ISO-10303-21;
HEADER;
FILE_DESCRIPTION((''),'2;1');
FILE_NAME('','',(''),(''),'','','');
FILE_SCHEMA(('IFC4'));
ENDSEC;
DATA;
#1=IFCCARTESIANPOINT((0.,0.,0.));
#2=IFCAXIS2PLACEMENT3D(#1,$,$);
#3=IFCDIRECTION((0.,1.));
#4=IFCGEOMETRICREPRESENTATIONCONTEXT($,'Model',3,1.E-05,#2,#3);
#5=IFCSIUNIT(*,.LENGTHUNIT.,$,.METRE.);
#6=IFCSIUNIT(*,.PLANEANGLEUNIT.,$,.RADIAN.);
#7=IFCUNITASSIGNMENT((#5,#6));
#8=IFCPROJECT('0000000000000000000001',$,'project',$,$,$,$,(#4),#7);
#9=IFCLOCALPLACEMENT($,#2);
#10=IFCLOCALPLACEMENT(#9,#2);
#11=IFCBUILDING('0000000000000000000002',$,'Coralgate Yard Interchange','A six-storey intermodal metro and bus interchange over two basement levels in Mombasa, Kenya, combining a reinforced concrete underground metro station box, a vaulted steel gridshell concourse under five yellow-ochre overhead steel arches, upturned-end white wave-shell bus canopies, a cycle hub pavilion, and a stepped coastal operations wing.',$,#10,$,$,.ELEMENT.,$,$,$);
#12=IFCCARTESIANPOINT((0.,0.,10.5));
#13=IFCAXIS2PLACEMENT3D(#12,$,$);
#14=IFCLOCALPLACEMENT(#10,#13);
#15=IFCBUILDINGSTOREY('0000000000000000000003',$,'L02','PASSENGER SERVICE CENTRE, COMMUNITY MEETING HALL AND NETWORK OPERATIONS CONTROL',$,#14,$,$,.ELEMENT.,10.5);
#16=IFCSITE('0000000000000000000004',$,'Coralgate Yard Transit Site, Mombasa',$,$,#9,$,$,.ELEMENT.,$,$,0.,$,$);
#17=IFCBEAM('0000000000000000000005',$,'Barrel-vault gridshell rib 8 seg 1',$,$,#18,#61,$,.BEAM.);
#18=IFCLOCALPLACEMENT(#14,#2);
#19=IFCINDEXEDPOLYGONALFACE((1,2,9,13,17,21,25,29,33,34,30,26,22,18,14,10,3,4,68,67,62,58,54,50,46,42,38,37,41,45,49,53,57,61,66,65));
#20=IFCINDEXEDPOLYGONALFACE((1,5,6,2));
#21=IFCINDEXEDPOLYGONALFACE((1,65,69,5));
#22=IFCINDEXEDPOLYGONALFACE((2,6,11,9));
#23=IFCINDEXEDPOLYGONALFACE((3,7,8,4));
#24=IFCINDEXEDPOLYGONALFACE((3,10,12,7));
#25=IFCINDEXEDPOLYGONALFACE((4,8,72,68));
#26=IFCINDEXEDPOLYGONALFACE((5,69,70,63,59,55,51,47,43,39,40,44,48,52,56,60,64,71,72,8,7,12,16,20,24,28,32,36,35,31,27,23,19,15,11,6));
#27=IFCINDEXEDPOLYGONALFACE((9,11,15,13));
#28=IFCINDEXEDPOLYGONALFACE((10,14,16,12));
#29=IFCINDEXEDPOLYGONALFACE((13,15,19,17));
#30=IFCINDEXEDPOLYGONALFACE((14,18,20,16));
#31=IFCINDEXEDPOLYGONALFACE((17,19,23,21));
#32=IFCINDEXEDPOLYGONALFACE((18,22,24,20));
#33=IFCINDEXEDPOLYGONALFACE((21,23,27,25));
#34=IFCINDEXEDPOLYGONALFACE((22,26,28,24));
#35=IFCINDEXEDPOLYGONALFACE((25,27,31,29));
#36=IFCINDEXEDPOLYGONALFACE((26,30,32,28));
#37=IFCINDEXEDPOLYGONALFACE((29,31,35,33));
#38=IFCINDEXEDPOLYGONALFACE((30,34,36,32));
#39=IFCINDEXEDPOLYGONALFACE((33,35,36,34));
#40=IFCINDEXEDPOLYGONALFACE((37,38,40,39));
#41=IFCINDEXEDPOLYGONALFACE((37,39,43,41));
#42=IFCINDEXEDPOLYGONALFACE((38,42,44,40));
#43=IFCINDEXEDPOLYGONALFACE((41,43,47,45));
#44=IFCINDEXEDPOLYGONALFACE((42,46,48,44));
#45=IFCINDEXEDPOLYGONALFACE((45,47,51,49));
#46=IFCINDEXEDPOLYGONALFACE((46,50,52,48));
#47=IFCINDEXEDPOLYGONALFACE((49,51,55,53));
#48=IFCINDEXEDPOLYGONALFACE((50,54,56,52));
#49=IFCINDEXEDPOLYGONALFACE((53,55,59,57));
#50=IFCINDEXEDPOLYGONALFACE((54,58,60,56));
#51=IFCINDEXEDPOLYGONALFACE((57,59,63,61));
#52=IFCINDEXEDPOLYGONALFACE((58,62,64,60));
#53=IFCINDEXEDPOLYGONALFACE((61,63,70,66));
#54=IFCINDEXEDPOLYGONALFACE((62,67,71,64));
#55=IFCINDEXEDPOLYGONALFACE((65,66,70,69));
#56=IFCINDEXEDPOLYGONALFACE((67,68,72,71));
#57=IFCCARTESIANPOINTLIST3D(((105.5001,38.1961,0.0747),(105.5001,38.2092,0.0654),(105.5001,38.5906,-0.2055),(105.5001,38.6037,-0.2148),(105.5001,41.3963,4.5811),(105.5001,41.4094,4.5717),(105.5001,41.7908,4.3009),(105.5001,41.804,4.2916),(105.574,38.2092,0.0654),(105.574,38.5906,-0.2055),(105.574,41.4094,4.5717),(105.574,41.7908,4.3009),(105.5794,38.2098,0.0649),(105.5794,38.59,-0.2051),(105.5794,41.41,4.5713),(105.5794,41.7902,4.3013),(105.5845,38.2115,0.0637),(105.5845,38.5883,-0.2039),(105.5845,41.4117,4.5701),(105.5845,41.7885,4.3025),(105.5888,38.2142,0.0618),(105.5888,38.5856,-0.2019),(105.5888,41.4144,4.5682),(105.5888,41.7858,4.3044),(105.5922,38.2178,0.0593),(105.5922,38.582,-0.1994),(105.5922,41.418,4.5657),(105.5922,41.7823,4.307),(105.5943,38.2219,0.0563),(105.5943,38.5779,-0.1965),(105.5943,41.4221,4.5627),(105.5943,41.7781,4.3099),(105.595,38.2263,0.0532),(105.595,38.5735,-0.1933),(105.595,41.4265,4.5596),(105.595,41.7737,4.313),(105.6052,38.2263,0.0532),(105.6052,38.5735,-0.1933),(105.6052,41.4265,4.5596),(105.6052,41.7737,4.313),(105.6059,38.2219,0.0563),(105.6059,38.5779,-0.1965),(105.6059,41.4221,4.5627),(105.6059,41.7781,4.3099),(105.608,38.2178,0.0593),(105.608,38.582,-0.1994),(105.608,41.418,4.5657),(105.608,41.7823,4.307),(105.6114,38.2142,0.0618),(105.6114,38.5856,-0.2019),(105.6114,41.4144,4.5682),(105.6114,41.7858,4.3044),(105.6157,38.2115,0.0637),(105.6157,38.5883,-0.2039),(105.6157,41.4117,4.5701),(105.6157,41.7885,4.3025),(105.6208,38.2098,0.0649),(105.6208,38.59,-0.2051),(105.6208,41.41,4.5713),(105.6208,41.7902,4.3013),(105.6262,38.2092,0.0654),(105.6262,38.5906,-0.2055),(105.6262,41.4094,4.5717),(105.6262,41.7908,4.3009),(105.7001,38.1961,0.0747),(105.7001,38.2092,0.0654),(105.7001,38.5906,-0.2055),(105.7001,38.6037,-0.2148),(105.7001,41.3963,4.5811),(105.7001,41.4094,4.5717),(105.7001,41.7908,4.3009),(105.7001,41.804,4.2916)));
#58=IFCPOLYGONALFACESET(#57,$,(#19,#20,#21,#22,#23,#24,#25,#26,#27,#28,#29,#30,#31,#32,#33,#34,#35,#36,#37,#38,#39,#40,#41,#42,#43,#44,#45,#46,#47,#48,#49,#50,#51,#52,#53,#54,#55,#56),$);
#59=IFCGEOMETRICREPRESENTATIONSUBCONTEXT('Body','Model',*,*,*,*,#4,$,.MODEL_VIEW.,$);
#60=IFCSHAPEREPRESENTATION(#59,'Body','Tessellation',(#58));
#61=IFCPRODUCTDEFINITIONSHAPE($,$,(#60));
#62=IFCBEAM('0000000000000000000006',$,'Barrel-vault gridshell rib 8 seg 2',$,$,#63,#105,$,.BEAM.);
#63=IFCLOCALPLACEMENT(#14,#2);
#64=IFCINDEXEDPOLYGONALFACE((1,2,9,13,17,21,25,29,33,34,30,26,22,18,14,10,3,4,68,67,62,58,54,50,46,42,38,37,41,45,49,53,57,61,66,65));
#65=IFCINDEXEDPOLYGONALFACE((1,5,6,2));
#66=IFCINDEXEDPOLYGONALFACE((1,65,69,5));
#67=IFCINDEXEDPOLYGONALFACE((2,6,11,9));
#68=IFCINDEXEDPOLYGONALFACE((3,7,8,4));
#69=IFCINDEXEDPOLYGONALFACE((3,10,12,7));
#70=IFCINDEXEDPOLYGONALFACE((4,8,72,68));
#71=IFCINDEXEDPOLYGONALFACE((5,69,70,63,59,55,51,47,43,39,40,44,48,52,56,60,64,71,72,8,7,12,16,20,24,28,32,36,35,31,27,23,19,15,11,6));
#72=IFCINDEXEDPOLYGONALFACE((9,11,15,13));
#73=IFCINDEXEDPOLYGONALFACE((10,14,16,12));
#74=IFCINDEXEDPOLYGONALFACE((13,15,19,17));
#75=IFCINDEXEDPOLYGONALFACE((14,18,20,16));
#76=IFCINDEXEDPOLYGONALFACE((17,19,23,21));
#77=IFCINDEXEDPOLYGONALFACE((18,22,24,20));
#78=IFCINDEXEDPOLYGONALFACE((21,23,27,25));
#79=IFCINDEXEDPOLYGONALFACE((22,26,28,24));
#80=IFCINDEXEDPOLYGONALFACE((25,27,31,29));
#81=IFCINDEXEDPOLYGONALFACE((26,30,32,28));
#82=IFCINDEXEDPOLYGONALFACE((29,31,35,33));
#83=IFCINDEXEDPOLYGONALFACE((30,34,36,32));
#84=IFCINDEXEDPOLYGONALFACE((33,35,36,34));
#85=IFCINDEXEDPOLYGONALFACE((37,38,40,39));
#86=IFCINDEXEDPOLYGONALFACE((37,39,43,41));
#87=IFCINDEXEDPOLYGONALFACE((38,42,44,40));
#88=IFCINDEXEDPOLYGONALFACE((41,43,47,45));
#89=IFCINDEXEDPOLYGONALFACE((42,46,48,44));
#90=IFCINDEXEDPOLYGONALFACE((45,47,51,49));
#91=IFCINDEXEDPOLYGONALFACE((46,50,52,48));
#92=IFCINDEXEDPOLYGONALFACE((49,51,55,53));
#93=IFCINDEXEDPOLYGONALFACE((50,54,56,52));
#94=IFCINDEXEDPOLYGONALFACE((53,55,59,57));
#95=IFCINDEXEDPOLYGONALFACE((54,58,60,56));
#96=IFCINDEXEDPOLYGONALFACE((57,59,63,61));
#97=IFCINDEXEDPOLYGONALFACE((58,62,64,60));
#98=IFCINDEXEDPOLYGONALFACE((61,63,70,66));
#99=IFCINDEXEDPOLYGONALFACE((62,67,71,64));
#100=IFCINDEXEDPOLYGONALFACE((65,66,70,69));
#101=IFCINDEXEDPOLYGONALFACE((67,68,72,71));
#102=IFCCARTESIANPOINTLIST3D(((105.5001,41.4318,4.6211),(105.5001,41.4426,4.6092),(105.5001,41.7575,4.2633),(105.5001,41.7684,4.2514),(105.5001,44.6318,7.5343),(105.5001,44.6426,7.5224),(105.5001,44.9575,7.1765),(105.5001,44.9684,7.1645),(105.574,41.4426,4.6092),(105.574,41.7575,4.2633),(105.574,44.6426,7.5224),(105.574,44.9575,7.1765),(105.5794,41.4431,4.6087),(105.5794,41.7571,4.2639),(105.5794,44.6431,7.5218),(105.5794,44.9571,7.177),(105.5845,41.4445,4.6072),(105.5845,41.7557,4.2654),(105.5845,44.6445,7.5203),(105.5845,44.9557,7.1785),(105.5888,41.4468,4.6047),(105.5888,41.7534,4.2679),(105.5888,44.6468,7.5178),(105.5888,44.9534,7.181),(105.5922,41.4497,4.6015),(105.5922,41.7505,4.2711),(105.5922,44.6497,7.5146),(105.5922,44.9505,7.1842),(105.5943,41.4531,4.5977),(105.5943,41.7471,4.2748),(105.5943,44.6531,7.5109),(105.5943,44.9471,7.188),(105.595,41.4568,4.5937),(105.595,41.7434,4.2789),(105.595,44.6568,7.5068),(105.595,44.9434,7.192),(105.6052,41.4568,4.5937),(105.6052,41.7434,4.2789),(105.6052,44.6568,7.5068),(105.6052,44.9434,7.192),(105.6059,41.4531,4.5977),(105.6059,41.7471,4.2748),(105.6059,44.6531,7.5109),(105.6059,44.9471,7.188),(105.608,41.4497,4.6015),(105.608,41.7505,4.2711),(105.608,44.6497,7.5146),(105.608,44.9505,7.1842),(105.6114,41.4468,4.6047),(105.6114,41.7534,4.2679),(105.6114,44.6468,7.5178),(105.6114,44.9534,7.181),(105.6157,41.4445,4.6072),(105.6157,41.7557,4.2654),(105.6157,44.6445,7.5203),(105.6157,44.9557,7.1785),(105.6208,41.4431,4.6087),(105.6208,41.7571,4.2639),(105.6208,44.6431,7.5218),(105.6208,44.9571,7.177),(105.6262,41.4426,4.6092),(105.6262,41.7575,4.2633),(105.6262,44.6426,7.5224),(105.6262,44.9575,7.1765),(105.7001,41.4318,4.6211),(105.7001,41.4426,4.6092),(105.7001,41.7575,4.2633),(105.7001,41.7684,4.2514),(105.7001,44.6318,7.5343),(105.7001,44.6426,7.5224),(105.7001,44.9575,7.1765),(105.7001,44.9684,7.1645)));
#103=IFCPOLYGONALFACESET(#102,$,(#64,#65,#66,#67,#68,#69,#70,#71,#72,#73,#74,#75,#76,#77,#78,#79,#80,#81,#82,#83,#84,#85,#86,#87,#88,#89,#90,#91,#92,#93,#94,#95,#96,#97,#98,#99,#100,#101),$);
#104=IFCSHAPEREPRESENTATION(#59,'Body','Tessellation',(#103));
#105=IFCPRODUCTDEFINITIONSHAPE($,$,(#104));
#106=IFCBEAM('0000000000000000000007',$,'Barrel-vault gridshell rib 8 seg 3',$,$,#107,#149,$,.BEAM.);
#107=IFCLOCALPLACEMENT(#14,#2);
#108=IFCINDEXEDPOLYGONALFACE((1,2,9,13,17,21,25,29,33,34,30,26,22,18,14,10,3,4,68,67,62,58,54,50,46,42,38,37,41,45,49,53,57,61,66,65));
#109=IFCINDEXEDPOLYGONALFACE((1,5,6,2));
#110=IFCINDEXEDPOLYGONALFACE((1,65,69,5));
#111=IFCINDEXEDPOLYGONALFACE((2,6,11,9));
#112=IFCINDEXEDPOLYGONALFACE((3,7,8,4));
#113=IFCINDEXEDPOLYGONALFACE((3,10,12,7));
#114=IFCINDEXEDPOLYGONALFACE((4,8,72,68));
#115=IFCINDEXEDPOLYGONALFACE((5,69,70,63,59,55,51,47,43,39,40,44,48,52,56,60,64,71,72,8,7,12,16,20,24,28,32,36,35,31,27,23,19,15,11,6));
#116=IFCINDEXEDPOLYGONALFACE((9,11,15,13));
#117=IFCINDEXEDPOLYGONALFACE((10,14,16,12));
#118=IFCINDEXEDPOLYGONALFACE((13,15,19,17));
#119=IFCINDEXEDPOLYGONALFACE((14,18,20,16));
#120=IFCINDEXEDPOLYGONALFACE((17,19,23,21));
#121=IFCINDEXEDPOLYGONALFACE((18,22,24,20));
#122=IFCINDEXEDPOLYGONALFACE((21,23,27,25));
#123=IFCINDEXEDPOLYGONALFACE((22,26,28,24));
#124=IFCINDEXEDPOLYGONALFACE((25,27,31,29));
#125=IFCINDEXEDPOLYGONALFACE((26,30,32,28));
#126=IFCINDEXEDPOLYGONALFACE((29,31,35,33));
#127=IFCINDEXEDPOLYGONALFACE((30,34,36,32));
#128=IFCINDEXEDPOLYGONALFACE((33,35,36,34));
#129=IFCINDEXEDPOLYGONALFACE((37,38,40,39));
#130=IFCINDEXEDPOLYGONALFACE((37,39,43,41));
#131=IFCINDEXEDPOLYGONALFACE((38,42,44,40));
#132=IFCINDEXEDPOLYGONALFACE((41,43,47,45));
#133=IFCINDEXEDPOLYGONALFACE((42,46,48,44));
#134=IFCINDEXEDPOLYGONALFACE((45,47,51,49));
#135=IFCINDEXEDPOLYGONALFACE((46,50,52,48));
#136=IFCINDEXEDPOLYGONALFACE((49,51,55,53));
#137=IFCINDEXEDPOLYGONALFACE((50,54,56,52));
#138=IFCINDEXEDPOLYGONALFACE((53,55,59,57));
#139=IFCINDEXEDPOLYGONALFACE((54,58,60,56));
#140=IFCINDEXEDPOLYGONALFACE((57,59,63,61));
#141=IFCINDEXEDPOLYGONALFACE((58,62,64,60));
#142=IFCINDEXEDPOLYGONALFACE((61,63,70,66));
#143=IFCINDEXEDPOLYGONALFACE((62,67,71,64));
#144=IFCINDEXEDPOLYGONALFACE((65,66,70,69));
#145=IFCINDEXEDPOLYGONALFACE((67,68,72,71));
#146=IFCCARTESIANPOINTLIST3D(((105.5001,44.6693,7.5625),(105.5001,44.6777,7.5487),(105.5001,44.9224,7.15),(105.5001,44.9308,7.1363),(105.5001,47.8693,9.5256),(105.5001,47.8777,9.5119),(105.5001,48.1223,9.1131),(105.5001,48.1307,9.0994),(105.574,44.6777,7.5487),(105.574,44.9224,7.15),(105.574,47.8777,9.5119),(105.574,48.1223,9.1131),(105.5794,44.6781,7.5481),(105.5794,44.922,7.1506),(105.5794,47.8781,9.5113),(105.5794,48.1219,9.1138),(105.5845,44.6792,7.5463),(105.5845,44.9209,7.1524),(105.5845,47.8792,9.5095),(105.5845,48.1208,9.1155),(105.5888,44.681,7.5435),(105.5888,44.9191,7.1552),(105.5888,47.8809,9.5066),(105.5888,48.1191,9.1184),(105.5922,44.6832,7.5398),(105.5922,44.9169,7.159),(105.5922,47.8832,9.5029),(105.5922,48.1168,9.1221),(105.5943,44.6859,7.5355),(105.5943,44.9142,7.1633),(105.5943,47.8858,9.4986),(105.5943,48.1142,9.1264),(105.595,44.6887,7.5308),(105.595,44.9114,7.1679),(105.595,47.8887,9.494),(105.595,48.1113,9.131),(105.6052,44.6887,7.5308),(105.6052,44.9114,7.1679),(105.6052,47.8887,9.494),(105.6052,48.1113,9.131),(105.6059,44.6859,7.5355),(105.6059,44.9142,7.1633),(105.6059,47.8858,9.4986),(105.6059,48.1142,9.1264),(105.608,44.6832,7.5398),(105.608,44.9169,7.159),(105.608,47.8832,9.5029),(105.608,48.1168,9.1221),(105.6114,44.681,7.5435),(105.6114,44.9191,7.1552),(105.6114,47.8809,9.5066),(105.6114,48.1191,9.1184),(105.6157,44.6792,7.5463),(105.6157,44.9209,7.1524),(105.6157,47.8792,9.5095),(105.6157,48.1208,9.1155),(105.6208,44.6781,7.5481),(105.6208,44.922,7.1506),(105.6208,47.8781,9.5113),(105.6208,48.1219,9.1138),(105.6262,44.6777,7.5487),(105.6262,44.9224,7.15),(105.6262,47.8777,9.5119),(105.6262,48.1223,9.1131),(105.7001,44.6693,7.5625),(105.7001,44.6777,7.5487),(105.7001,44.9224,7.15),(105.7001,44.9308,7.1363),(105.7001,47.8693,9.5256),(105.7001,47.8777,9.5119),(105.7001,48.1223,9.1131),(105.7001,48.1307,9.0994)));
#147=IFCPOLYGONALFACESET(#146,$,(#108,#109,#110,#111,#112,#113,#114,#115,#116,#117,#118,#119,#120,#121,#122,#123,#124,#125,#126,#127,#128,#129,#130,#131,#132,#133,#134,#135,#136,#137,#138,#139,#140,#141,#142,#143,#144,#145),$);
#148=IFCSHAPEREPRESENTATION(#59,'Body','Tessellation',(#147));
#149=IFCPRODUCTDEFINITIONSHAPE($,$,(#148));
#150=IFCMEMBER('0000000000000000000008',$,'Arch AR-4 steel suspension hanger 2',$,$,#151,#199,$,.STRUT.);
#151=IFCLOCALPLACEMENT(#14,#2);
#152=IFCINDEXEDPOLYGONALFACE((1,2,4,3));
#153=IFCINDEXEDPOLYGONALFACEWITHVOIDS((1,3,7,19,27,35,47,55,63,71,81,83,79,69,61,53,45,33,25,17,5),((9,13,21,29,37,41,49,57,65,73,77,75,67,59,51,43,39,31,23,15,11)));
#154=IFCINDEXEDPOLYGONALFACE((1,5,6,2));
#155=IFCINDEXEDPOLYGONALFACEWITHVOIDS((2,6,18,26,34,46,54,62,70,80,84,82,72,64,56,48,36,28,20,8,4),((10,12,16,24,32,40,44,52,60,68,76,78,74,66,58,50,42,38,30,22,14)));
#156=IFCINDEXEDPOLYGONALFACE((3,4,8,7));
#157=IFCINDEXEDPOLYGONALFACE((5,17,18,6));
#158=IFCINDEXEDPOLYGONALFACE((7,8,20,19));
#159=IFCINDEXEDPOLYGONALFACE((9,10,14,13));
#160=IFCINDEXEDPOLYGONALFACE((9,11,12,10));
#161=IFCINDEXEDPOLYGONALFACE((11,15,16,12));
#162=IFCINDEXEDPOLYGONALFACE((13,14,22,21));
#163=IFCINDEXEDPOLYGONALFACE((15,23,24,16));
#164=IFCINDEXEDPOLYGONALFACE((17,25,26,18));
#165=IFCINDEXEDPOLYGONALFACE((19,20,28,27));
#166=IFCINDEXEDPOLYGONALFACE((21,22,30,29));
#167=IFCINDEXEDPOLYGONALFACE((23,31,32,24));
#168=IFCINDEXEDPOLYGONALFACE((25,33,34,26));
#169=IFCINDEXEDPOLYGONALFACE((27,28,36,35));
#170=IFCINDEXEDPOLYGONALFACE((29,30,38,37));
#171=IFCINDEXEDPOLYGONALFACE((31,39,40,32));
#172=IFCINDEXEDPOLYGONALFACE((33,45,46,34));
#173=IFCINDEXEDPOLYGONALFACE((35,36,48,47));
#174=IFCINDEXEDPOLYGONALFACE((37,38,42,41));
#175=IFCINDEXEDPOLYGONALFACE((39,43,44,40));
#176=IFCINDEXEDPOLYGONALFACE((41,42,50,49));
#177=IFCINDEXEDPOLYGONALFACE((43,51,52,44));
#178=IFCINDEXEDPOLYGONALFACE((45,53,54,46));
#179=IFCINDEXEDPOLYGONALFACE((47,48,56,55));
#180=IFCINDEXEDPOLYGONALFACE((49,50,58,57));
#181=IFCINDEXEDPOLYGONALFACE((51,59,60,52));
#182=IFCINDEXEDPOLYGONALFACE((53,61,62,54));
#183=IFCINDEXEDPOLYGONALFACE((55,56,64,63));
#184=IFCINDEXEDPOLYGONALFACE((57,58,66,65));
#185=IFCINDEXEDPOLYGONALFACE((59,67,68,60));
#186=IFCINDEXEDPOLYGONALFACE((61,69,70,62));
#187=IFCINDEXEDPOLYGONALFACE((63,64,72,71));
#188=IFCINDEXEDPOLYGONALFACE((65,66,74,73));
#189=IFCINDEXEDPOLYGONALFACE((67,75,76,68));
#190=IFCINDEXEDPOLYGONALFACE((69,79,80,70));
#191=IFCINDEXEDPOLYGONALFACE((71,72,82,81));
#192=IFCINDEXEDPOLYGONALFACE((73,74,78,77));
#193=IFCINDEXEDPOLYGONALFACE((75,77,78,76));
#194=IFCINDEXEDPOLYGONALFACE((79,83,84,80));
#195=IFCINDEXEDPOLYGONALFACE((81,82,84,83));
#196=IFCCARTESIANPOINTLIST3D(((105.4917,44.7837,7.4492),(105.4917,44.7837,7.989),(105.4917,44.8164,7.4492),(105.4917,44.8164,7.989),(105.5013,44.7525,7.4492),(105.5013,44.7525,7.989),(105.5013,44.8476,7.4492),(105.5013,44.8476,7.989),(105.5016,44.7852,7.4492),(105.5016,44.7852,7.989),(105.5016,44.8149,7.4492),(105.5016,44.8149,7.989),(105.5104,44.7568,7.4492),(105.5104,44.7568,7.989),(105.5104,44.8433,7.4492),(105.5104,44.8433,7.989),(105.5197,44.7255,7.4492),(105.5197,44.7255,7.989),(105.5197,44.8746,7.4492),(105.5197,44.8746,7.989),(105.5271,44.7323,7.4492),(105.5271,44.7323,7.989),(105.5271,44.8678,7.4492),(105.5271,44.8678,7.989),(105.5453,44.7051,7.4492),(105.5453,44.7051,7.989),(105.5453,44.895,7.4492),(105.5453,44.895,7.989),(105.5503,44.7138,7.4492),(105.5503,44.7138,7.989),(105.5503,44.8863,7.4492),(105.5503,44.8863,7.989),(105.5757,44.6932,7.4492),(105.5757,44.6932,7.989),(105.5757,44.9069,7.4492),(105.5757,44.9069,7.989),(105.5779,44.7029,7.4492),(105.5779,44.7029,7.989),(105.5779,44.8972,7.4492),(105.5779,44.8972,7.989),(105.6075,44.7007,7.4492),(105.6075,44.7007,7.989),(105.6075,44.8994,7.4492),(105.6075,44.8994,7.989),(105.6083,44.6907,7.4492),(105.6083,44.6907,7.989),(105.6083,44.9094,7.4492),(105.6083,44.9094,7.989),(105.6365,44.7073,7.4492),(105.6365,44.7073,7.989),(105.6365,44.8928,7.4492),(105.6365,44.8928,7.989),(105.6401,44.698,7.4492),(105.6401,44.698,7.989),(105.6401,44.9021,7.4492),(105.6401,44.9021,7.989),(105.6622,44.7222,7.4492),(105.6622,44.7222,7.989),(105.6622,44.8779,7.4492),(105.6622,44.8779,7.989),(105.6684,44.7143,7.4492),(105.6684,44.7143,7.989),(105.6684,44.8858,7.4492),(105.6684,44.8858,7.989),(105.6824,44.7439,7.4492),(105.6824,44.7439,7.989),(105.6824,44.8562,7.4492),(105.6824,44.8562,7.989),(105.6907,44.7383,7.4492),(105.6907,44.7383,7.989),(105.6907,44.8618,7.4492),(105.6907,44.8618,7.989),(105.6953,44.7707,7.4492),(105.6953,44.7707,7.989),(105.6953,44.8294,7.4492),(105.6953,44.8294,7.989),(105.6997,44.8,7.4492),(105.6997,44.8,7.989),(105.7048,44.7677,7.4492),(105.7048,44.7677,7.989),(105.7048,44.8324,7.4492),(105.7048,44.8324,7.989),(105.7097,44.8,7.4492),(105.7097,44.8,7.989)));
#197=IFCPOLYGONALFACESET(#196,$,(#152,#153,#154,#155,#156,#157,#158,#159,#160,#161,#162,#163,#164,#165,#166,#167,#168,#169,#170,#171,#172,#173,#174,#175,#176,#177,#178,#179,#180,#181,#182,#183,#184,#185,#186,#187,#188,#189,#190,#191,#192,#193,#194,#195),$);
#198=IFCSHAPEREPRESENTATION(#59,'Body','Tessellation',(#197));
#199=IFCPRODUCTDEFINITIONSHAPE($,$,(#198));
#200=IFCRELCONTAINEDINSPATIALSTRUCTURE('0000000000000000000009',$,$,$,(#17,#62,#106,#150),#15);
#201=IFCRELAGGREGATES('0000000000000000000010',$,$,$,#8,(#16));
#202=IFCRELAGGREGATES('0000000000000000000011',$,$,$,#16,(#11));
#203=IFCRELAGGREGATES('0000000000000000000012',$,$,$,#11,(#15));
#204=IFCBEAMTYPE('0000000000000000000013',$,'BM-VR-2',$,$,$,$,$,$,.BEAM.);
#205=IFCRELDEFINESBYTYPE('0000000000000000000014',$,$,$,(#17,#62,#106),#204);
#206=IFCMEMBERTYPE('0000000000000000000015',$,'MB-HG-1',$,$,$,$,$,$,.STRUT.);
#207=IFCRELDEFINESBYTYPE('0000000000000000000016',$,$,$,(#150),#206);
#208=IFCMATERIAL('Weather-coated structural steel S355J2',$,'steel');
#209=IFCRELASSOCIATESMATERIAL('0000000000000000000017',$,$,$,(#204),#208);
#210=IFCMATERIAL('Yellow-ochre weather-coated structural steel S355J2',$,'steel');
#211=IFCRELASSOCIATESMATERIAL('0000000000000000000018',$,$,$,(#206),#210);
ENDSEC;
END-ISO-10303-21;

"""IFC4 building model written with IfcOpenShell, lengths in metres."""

from ifc_helpers import new_model, si_unit, direction, frame, origin, origin_2d, place, context, subcontext, project, spatial, hollow_circle, i_section, extrude, material, material_profile, profile_set, type_object, element, save


model = new_model("IFC4")

# Units and contexts
model_context = context("Model", 3, precision=1e-05, world=origin(), true_north=direction((0.0, 1.0)))
body_context = subcontext(model_context, "Body", "Model", "MODEL_VIEW")
ifc_project = project(units=[si_unit("LENGTHUNIT", "METRE"), si_unit("PLANEANGLEUNIT", "RADIAN")], contexts=[model_context])

# Site, building, storey
site_placement = place(None, origin())
site = spatial("IfcSite", under=ifc_project, at=site_placement, Name="Coralgate Yard Transit Site, Mombasa", CompositionType="ELEMENT", RefElevation=0.0)
building_placement = place(site_placement, origin())
building = spatial("IfcBuilding", under=site, at=building_placement, Name="Coralgate Yard Interchange", Description="A six-storey intermodal metro and bus interchange over two basement levels in Mombasa, Kenya, combining a reinforced concrete underground metro station box, a vaulted steel gridshell concourse under five yellow-ochre overhead steel arches, upturned-end white wave-shell bus canopies, a cycle hub pavilion, and a stepped coastal operations wing.", CompositionType="ELEMENT")
storey_placement = place(building_placement, frame((0.0, 0.0, 10.5)))
storey = spatial("IfcBuildingStorey", under=building, at=storey_placement, Name="L02", Description="PASSENGER SERVICE CENTRE, COMMUNITY MEETING HALL AND NETWORK OPERATIONS CONTROL", CompositionType="ELEMENT", Elevation=10.5)

# Beams
ifc_material_1 = material(Name="Yellow-ochre weather-coated structural steel S355J2", Category="steel")
ifc_material_2 = material(Name="Weather-coated structural steel S355J2", Category="steel")
ifc_material_profile_1 = material_profile(ifc_material_2, i_section(OverallWidth=0.2, OverallDepth=0.5, WebThickness=0.0103, FlangeThickness=0.0161, FilletRadius=0.021, at=origin_2d()), Name="IPE 500")
ifc_profile_set_1 = profile_set([ifc_material_profile_1], Name="Weather-coated structural steel S355J2")
beam_type_1 = type_object("IfcBeamType", Name="BM-VR-2", PredefinedType="BEAM", material=ifc_profile_set_1)
beam_1_placement = place(storey_placement, frame((105.6001, 38.3999, -0.0701), z_axis=(0.0, 0.579005, 0.815324), x_axis=(-1.0, 0.0, 0.0)))
element("IfcBeam", 1, at=beam_1_placement, inside=storey, type_object=beam_type_1, Name="Barrel-vault gridshell rib 8 seg 1", PredefinedType="BEAM", context=body_context, shape_type="SweptSolid", body=[
    extrude(i_section(OverallWidth=0.2, OverallDepth=0.5, WebThickness=0.0103, FlangeThickness=0.0161, FilletRadius=0.021, at=origin_2d()), origin(), (0.0, 0.0, 1.0), 5.5271),
])
beam_2_placement = place(storey_placement, frame((105.6001, 41.6001, 4.4363), z_axis=(0.0, 0.739475, 0.673184), x_axis=(-1.0, 0.0, 0.0)))
element("IfcBeam", 2, at=beam_2_placement, inside=storey, type_object=beam_type_1, Name="Barrel-vault gridshell rib 8 seg 2", PredefinedType="BEAM", context=body_context, shape_type="SweptSolid", body=[
    extrude(i_section(OverallWidth=0.2, OverallDepth=0.5, WebThickness=0.0103, FlangeThickness=0.0161, FilletRadius=0.021, at=origin_2d()), origin(), (0.0, 0.0, 1.0), 4.3274),
])
beam_3_placement = place(storey_placement, frame((105.6001, 44.8, 7.3494), z_axis=(0.0, 0.852379, 0.522925), x_axis=(-1.0, 0.0, 0.0)))
element("IfcBeam", 3, at=beam_3_placement, inside=storey, type_object=beam_type_1, Name="Barrel-vault gridshell rib 8 seg 3", PredefinedType="BEAM", context=body_context, shape_type="SweptSolid", body=[
    extrude(i_section(OverallWidth=0.2, OverallDepth=0.5, WebThickness=0.0103, FlangeThickness=0.0161, FilletRadius=0.021, at=origin_2d()), origin(), (0.0, 0.0, 1.0), 3.7542),
])

# Member
ifc_material_profile_2 = material_profile(ifc_material_1, hollow_circle(Radius=0.1096, WallThickness=0.01, at=origin_2d()), Name="CHS 219.1x10")
ifc_profile_set_2 = profile_set([ifc_material_profile_2], Name="Yellow-ochre weather-coated structural steel S355J2")
member_type_1 = type_object("IfcMemberType", Name="MB-HG-1", PredefinedType="STRUT", material=ifc_profile_set_2)
member_1_placement = place(storey_placement, frame((105.6001, 44.8, 7.4492), z_axis=(0.0, 0.0, 1.0), x_axis=(1.0, 0.0, 0.0)))
element("IfcMember", 4, at=member_1_placement, inside=storey, type_object=member_type_1, Name="Arch AR-4 steel suspension hanger 2", PredefinedType="STRUT", context=body_context, shape_type="SweptSolid", body=[
    extrude(hollow_circle(Radius=0.1096, WallThickness=0.01, at=origin_2d()), origin(), (0.0, 0.0, 1.0), 0.5398),
])

save(model, "model.ifc")
